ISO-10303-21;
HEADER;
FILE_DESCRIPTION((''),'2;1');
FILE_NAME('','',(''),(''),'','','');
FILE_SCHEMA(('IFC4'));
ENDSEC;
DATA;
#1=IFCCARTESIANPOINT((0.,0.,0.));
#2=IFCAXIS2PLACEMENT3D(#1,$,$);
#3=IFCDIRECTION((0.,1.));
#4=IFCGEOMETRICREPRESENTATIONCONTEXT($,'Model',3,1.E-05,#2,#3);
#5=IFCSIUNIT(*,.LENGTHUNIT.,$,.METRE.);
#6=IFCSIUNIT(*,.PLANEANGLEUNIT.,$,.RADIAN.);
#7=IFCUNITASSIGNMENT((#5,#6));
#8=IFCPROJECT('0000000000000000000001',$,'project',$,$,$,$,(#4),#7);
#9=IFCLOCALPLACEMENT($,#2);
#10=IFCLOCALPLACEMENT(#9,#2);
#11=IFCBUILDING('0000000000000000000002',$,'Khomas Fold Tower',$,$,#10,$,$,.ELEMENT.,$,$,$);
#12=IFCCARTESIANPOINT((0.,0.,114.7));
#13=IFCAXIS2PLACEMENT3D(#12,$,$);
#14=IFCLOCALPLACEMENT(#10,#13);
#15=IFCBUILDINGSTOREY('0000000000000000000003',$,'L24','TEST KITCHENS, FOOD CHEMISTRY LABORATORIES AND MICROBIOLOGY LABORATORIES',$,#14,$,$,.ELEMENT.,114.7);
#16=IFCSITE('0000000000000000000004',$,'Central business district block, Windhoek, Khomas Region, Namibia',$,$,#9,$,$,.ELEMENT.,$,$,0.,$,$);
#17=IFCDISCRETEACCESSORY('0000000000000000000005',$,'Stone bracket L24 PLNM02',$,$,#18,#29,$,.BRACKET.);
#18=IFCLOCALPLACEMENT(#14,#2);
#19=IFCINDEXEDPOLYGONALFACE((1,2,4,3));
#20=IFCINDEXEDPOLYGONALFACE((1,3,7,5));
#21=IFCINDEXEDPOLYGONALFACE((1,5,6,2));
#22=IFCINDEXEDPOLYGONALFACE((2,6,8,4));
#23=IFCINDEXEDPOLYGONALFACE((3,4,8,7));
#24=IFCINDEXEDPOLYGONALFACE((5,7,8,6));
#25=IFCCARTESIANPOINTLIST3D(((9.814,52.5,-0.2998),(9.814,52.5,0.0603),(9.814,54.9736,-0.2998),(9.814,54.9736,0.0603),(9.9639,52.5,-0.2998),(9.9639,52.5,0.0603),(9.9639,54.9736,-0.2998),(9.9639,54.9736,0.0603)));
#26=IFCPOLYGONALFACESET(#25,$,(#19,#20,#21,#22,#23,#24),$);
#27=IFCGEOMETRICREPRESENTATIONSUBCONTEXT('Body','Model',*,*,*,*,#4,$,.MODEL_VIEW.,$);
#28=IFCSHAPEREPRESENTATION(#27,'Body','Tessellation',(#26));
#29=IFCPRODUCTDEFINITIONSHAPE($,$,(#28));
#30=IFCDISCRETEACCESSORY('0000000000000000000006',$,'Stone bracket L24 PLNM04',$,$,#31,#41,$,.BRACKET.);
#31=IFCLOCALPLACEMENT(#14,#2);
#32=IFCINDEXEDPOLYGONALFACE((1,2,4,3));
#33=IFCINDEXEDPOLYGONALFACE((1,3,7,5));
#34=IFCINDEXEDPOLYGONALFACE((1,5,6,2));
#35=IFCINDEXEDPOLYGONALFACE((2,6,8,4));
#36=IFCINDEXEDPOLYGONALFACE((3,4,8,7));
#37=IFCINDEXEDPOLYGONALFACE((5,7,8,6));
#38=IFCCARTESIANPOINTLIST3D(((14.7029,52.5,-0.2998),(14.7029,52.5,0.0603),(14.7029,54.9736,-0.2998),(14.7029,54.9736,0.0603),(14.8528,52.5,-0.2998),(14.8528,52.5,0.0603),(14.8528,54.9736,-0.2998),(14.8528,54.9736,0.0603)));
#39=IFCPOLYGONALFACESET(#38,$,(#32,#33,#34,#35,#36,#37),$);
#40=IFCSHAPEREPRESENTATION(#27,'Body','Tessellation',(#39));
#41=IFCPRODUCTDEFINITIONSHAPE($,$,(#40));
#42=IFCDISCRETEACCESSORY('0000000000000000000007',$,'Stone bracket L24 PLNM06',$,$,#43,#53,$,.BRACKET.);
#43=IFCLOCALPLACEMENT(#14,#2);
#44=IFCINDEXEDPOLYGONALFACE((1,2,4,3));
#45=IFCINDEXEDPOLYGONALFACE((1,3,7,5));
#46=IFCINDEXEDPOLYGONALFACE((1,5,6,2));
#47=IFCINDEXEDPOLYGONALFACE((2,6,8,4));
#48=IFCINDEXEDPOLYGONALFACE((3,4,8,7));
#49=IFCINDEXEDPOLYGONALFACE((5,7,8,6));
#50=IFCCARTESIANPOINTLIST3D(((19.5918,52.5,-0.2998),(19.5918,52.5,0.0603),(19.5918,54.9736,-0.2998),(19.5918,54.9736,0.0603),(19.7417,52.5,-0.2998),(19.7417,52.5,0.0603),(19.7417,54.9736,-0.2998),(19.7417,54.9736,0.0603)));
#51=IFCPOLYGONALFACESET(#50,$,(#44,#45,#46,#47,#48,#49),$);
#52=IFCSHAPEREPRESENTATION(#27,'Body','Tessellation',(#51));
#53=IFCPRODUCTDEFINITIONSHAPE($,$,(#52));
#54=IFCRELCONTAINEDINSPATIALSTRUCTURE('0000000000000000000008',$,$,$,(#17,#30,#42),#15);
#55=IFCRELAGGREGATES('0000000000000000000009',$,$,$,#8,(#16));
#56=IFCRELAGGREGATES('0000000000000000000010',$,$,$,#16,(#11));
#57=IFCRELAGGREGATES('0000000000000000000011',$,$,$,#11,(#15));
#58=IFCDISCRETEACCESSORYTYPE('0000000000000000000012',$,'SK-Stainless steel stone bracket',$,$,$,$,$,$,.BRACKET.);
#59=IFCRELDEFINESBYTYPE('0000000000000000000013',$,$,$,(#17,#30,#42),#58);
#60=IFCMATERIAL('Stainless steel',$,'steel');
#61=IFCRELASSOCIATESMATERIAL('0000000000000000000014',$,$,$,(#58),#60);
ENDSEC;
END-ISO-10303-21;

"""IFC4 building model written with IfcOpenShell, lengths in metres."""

from ifc_helpers import new_model, si_unit, direction, frame, origin, origin_2d, place, context, subcontext, project, spatial, rectangle, extrude, source, transform, mapped, material, type_object, element, save


model = new_model("IFC4")

# Units and contexts
model_context = context("Model", 3, precision=1e-05, world=origin(), true_north=direction((0.0, 1.0)))
body_context = subcontext(model_context, "Body", "Model", "MODEL_VIEW")
ifc_project = project(units=[si_unit("LENGTHUNIT", "METRE"), si_unit("PLANEANGLEUNIT", "RADIAN")], contexts=[model_context])

# Site, building, storey
site_placement = place(None, origin())
site = spatial("IfcSite", under=ifc_project, at=site_placement, Name="Central business district block, Windhoek, Khomas Region, Namibia", CompositionType="ELEMENT", RefElevation=0.0)
building_placement = place(site_placement, origin())
building = spatial("IfcBuilding", under=site, at=building_placement, Name="Khomas Fold Tower", CompositionType="ELEMENT")
storey_placement = place(building_placement, frame((0.0, 0.0, 114.7)))
storey = spatial("IfcBuildingStorey", under=building, at=storey_placement, Name="L24", Description="TEST KITCHENS, FOOD CHEMISTRY LABORATORIES AND MICROBIOLOGY LABORATORIES", CompositionType="ELEMENT", Elevation=114.7)

# Discrete accessories
ifc_material_1 = material(Name="Stainless steel", Category="steel")
discrete_accessory_type = type_object("IfcDiscreteAccessoryType", Name="SK-Stainless steel stone bracket", PredefinedType="BRACKET", material=ifc_material_1)
shared_shape_1 = source(origin(), body_context, "Body", "SweptSolid", [
    extrude(rectangle(XDim=2.4736, YDim=0.1499, at=origin_2d()), origin(), (0.0, 0.0, 1.0), 0.3601),
])
for number, where, z_axis, x_axis, name in (
    (1, (9.8889, 53.7368, -0.2998), (0.0, 0.0, 1.0), (0.0, 1.0, 0.0), "Stone bracket L24 PLNM02"),
    (2, (14.7778, 53.7368, -0.2998), (0.0, 0.0, 1.0), (0.0, 1.0, 0.0), "Stone bracket L24 PLNM04"),
    (3, (19.6667, 53.7368, -0.2998), (0.0, 0.0, 1.0), (0.0, 1.0, 0.0), "Stone bracket L24 PLNM06"),
):
    element("IfcDiscreteAccessory", number, at=place(storey_placement, frame(where, z_axis=z_axis, x_axis=x_axis)), inside=storey, type_object=discrete_accessory_type, Name=name, PredefinedType="BRACKET", context=body_context, shape_type="MappedRepresentation", body=[
        mapped(shared_shape_1, transform((0.0, 0.0, 0.0))),
    ])

save(model, "model.ifc")
